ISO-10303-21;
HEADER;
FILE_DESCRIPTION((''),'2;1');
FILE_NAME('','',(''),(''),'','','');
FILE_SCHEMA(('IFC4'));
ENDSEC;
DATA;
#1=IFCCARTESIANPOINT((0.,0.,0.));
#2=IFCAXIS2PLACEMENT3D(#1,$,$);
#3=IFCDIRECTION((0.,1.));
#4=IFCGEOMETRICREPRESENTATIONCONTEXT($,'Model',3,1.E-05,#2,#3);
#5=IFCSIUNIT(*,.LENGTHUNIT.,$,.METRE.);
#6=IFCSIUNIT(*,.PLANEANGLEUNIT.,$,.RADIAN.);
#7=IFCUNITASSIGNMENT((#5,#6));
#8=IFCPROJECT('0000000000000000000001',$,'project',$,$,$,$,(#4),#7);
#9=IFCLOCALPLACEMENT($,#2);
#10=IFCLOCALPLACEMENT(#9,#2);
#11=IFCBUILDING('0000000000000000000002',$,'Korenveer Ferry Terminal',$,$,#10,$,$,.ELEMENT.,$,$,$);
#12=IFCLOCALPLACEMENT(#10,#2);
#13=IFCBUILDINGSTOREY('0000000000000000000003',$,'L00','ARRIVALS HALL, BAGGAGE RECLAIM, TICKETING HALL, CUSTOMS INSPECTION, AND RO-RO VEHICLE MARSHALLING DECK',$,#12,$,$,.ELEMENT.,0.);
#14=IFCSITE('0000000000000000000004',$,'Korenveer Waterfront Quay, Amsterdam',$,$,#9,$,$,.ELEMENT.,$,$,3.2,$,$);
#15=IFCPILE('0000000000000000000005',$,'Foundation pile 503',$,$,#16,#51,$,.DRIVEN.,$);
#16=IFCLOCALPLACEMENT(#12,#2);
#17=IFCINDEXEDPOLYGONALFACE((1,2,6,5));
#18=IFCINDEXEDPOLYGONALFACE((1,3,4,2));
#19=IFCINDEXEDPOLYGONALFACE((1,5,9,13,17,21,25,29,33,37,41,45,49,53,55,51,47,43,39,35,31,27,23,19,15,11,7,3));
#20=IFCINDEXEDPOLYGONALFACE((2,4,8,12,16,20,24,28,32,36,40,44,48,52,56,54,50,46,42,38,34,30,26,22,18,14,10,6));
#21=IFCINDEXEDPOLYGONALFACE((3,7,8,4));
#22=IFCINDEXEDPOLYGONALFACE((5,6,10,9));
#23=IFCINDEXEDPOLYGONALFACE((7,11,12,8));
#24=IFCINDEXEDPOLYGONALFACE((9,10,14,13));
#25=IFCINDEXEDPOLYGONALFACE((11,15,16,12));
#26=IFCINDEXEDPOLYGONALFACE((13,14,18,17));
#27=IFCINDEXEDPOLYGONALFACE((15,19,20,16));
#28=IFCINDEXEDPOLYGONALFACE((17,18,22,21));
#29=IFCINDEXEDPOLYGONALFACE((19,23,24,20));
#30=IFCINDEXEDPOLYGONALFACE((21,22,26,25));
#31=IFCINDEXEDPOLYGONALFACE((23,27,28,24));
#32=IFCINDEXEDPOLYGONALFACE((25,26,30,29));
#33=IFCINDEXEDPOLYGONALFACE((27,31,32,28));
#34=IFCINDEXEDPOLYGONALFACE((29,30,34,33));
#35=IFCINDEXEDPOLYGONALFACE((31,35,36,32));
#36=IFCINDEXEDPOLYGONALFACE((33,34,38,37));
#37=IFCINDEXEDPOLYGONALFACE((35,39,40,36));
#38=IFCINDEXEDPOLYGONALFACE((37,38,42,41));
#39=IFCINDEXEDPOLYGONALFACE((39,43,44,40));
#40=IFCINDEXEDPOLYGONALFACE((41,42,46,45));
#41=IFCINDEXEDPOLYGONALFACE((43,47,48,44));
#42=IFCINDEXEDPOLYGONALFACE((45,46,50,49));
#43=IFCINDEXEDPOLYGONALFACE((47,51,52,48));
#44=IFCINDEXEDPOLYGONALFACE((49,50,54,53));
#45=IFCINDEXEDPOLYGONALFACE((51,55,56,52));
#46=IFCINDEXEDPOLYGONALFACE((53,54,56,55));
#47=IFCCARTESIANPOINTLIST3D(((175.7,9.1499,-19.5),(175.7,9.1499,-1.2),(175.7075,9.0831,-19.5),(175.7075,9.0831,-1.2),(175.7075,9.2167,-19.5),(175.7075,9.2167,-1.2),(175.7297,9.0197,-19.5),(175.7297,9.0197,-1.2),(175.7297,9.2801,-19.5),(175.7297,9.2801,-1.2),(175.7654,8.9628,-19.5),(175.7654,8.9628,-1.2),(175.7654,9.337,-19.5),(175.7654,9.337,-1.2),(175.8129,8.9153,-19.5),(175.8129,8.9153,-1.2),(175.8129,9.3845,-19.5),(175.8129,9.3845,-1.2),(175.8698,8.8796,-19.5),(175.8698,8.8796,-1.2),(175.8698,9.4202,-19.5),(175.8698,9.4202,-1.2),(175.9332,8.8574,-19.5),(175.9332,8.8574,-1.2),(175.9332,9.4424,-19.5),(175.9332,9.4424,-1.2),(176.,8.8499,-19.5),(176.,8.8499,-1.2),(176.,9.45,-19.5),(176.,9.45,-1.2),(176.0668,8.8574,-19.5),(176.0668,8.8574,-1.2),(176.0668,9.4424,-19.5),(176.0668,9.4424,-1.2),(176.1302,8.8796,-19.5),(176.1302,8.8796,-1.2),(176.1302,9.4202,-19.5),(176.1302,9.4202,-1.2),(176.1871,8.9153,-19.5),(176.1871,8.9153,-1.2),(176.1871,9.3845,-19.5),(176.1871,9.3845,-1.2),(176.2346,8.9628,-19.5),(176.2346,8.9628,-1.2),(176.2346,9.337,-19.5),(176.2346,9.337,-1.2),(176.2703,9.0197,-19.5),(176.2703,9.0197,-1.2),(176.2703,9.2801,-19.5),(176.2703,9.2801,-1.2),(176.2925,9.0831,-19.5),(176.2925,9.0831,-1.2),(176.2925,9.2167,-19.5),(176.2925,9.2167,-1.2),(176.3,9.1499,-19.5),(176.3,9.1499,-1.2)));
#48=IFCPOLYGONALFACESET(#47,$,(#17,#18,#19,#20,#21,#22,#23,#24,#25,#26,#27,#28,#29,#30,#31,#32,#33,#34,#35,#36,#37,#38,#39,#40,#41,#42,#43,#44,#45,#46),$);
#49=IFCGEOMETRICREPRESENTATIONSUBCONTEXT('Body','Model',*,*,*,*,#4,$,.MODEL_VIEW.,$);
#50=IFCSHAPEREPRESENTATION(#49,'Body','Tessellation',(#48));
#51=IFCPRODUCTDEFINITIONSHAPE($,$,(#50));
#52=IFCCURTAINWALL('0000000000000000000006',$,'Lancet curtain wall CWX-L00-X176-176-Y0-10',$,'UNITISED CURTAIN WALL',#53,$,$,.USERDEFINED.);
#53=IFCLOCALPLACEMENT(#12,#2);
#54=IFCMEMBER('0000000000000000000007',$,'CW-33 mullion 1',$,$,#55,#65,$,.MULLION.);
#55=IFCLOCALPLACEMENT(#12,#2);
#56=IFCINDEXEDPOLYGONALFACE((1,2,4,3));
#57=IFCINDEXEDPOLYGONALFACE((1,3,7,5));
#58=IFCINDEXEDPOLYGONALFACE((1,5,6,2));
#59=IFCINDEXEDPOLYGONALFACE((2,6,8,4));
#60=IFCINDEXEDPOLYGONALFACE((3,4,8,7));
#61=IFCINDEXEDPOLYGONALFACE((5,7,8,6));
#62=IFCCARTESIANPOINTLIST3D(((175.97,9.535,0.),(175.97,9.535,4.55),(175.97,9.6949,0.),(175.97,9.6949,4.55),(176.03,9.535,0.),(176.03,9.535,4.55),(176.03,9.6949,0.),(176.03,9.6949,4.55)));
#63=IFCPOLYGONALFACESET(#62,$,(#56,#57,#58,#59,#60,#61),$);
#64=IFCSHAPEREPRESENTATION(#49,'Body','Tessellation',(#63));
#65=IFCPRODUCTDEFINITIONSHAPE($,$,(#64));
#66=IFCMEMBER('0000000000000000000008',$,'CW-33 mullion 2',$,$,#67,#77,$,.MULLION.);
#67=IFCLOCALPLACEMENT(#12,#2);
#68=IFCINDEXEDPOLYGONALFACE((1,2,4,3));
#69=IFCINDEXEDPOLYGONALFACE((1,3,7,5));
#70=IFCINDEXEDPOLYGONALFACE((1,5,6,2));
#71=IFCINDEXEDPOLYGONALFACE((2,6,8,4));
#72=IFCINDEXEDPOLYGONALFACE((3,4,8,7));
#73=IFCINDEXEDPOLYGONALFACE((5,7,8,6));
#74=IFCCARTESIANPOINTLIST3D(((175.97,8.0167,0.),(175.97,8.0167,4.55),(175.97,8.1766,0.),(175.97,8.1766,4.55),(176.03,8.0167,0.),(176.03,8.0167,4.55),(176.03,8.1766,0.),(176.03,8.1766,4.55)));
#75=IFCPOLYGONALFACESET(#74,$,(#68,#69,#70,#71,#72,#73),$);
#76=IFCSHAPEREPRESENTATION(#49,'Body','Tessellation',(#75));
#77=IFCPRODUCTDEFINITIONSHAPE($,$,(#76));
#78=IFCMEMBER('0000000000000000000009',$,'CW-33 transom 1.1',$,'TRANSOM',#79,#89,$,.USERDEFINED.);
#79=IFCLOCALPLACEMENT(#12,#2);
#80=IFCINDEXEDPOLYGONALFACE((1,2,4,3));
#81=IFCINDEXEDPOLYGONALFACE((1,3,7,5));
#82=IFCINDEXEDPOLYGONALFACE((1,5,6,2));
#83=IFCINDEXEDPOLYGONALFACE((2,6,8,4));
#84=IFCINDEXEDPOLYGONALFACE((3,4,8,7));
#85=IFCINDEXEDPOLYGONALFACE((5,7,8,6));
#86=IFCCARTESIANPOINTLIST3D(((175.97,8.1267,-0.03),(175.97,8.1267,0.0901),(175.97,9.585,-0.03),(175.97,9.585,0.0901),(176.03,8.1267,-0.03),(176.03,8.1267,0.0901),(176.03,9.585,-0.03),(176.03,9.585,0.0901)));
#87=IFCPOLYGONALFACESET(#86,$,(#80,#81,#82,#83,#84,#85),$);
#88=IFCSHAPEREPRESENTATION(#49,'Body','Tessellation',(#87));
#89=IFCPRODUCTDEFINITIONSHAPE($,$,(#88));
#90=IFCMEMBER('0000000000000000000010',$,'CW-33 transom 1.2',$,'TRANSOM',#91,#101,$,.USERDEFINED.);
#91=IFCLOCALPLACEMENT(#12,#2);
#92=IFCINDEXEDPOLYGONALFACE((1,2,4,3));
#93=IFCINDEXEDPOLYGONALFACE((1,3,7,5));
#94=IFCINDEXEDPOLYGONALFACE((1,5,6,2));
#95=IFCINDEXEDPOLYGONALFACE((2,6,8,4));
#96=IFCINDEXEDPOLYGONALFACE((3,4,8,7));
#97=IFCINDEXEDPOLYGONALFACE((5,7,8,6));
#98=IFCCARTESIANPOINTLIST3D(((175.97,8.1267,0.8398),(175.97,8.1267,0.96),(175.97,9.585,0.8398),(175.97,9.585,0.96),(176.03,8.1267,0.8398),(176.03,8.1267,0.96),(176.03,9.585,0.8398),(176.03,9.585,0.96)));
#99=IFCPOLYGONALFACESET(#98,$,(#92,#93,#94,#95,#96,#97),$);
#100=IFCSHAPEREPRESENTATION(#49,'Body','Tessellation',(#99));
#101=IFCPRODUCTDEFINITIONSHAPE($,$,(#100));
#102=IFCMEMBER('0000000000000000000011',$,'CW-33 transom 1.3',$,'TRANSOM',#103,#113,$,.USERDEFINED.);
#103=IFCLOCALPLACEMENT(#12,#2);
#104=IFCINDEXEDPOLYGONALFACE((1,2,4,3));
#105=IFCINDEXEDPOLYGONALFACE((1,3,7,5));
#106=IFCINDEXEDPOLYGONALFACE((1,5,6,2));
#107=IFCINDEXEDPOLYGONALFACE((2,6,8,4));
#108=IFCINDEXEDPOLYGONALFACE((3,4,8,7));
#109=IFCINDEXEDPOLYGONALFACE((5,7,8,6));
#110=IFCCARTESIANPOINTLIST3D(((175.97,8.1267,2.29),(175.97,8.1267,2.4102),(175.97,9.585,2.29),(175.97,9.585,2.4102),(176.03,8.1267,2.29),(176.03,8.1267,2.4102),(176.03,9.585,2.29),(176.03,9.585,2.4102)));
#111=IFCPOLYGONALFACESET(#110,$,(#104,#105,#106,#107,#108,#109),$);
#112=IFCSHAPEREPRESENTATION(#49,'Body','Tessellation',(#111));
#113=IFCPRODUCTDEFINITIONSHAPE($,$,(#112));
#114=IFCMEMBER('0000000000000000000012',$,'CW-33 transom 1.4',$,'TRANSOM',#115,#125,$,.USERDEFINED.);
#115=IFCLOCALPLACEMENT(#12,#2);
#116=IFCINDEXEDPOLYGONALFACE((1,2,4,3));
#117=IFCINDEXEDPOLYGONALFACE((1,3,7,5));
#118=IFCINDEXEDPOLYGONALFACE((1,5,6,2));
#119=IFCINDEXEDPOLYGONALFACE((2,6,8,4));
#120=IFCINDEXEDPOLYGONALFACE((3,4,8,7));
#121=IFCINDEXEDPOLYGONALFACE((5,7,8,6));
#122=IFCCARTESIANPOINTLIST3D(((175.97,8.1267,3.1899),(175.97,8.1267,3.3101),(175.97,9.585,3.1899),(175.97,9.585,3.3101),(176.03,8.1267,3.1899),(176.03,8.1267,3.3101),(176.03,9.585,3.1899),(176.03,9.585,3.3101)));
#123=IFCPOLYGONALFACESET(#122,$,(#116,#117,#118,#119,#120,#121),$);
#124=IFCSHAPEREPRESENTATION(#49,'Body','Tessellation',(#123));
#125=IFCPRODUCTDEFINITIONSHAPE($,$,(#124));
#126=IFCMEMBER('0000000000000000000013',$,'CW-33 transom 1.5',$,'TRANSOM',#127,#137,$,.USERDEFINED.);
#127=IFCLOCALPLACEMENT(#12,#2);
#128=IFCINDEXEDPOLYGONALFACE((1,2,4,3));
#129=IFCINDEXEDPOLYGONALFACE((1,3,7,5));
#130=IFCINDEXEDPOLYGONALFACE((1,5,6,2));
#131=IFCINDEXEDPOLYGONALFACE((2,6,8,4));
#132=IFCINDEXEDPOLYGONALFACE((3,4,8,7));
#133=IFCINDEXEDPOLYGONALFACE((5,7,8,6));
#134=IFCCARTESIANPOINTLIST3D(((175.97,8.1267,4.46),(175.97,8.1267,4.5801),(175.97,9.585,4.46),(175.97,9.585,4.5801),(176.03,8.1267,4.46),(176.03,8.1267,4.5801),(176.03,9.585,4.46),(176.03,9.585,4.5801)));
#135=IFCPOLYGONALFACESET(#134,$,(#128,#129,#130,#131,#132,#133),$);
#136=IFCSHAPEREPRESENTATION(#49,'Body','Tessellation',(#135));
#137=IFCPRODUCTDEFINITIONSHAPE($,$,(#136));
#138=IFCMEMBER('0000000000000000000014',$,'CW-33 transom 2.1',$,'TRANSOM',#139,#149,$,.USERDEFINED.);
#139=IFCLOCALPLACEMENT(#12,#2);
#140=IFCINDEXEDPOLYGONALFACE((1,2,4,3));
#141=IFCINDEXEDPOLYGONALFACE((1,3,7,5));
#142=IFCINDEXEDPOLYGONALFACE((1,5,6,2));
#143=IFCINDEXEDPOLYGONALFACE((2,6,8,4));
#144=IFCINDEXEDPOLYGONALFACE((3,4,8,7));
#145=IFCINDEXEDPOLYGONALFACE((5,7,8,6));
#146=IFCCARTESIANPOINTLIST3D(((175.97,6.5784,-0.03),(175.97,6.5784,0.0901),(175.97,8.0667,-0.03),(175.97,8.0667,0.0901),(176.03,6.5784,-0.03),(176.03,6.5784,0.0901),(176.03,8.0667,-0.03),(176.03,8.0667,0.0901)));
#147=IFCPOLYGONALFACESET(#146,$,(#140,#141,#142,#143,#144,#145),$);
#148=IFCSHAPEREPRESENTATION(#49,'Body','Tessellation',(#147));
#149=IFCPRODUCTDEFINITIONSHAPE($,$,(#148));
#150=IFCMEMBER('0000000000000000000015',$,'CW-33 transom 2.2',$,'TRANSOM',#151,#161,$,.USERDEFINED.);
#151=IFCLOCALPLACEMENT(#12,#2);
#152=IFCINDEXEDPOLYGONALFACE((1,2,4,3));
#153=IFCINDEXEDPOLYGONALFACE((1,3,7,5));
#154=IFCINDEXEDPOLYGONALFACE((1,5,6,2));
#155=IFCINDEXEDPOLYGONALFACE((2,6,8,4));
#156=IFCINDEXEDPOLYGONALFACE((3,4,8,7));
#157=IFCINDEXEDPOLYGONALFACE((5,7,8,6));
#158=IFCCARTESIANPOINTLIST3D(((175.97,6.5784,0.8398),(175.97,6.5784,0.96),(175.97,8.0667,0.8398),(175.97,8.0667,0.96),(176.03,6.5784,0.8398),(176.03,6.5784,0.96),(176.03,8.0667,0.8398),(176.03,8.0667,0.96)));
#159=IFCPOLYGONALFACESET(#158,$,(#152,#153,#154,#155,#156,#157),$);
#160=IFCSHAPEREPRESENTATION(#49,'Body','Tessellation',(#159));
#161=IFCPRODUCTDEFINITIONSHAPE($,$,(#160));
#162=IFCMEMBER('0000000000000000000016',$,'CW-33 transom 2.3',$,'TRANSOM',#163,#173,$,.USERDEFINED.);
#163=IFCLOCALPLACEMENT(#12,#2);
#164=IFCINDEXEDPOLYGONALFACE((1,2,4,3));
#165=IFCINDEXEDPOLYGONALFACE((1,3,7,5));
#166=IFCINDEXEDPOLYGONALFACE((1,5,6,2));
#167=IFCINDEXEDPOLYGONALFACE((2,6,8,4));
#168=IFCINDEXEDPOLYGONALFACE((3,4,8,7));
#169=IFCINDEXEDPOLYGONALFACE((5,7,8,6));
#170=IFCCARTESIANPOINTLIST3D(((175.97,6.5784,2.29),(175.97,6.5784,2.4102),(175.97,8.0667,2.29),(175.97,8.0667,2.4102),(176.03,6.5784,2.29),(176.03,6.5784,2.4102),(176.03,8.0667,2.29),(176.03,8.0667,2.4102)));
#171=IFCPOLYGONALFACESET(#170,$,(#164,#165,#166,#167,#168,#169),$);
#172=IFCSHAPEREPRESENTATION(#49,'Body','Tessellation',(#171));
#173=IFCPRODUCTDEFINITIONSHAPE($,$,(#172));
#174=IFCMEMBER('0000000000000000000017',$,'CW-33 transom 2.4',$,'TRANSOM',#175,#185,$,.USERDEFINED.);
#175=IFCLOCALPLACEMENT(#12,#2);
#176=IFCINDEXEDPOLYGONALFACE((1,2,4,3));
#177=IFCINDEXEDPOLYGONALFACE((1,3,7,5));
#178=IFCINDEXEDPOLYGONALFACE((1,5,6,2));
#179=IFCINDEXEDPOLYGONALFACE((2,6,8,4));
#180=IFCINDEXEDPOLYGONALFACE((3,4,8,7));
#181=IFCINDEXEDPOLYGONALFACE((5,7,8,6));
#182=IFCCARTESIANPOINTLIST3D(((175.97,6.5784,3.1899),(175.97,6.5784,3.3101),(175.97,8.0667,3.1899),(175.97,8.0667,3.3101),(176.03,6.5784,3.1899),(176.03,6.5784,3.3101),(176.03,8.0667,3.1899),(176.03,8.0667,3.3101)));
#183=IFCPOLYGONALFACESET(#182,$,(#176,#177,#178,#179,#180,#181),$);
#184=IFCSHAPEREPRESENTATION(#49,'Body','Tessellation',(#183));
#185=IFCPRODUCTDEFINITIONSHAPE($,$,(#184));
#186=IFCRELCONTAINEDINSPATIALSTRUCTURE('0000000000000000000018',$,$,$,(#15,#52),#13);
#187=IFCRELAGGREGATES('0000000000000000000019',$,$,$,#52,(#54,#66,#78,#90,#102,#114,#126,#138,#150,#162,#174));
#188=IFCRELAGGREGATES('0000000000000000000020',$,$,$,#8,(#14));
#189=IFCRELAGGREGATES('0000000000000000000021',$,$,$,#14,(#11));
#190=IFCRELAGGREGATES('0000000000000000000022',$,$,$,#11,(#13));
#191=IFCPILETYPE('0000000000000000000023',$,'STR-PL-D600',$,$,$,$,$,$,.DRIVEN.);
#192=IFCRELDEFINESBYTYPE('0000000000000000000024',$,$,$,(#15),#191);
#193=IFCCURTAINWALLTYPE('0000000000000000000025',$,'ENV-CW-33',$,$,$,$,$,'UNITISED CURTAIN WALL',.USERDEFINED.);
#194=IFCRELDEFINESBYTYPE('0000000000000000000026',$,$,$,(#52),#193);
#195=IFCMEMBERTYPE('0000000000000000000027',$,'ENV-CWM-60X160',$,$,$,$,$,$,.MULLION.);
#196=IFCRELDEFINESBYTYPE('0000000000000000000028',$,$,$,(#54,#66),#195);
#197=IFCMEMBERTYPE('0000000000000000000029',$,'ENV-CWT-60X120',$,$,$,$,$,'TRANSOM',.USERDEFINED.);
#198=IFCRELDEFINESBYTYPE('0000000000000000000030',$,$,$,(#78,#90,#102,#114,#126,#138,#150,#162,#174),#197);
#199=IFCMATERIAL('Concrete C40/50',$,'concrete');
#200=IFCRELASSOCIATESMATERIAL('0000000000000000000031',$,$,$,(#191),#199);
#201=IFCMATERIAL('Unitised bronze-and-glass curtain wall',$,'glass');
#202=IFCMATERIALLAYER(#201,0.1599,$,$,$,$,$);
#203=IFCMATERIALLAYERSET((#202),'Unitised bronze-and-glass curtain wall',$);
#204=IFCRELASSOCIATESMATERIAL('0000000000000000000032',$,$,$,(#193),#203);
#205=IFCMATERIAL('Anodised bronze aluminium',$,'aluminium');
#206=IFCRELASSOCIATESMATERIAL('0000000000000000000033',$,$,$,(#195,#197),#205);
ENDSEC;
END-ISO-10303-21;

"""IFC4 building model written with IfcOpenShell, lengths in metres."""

from ifc_helpers import new_model, si_unit, direction, frame, origin, origin_2d, place, context, subcontext, project, spatial, rectangle, circle, extrude, material, layer, layer_set, material_profile, profile_set, type_object, element, aggregate, save


model = new_model("IFC4")

# Units and contexts
model_context = context("Model", 3, precision=1e-05, world=origin(), true_north=direction((0.0, 1.0)))
body_context = subcontext(model_context, "Body", "Model", "MODEL_VIEW")
ifc_project = project(units=[si_unit("LENGTHUNIT", "METRE"), si_unit("PLANEANGLEUNIT", "RADIAN")], contexts=[model_context])

# Site, building, storey
site_placement = place(None, origin())
site = spatial("IfcSite", under=ifc_project, at=site_placement, Name="Korenveer Waterfront Quay, Amsterdam", CompositionType="ELEMENT", RefElevation=3.2)
building_placement = place(site_placement, origin())
building = spatial("IfcBuilding", under=site, at=building_placement, Name="Korenveer Ferry Terminal", CompositionType="ELEMENT")
storey_placement = place(building_placement, origin())
storey = spatial("IfcBuildingStorey", under=building, at=storey_placement, Name="L00", Description="ARRIVALS HALL, BAGGAGE RECLAIM, TICKETING HALL, CUSTOMS INSPECTION, AND RO-RO VEHICLE MARSHALLING DECK", CompositionType="ELEMENT", Elevation=0.0)

# Pile
ifc_material_1 = material(Name="Concrete C40/50", Category="concrete")
ifc_material_profile_1 = material_profile(ifc_material_1, circle(Radius=0.3, at=origin_2d()), Name="PILE D600")
ifc_profile_set_1 = profile_set([ifc_material_profile_1], Name="Concrete C40/50")
pile_type = type_object("IfcPileType", Name="STR-PL-D600", PredefinedType="DRIVEN", material=ifc_profile_set_1)
pile_placement = place(storey_placement, frame((176.0, 9.1499, -1.2), z_axis=(0.0, 0.0, -1.0), x_axis=(1.0, 0.0, 0.0)))
element("IfcPile", 1, at=pile_placement, inside=storey, type_object=pile_type, Name="Foundation pile 503", PredefinedType="DRIVEN", context=body_context, shape_type="SweptSolid", body=[
    extrude(circle(Radius=0.3, at=origin_2d()), origin(), (0.0, 0.0, 1.0), 18.3),
])

# Curtain wall, members
ifc_material_2 = material(Name="Unitised bronze-and-glass curtain wall", Category="glass")
ifc_layer_1 = layer(ifc_material_2, 0.1599)
ifc_layer_set_1 = layer_set([ifc_layer_1], Name="Unitised bronze-and-glass curtain wall")
curtain_wall_type = type_object("IfcCurtainWallType", Name="ENV-CW-33", ElementType="UNITISED CURTAIN WALL", PredefinedType="USERDEFINED", material=ifc_layer_set_1)
curtain_wall_placement = place(storey_placement, frame((176.0, 9.645, 0.0)))
curtain_wall = element("IfcCurtainWall", 2, at=curtain_wall_placement, inside=storey, type_object=curtain_wall_type, Name="Lancet curtain wall CWX-L00-X176-176-Y0-10", ObjectType="UNITISED CURTAIN WALL", PredefinedType="USERDEFINED")
ifc_material_3 = material(Name="Anodised bronze aluminium", Category="aluminium")
ifc_material_profile_2 = material_profile(ifc_material_3, rectangle(XDim=0.0601, YDim=0.1599, at=origin_2d()), Name="ALU 60x160")
ifc_profile_set_2 = profile_set([ifc_material_profile_2], Name="Anodised bronze aluminium")
member_type_1 = type_object("IfcMemberType", Name="ENV-CWM-60X160", PredefinedType="MULLION", material=ifc_profile_set_2)
member_1_placement = place(storey_placement, frame((176.0, 9.615, 0.0), z_axis=(0.0, 0.0, 1.0), x_axis=(1.0, 0.0, 0.0)))
member_1 = element("IfcMember", 3, at=member_1_placement, type_object=member_type_1, Name="CW-33 mullion 1", PredefinedType="MULLION", context=body_context, shape_type="SweptSolid", body=[
    extrude(rectangle(XDim=0.0601, YDim=0.1599, at=origin_2d()), origin(), (0.0, 0.0, 1.0), 4.55),
])
member_2_placement = place(storey_placement, frame((176.0, 8.0967, 0.0), z_axis=(0.0, 0.0, 1.0), x_axis=(1.0, 0.0, 0.0)))
member_2 = element("IfcMember", 4, at=member_2_placement, type_object=member_type_1, Name="CW-33 mullion 2", PredefinedType="MULLION", context=body_context, shape_type="SweptSolid", body=[
    extrude(rectangle(XDim=0.0601, YDim=0.1599, at=origin_2d()), origin(), (0.0, 0.0, 1.0), 4.55),
])
ifc_material_profile_3 = material_profile(ifc_material_3, rectangle(XDim=0.0601, YDim=0.1201, at=origin_2d()), Name="ALU 60x120")
ifc_profile_set_3 = profile_set([ifc_material_profile_3], Name="Anodised bronze aluminium")
member_type_2 = type_object("IfcMemberType", Name="ENV-CWT-60X120", ElementType="TRANSOM", PredefinedType="USERDEFINED", material=ifc_profile_set_3)
member_3_placement = place(storey_placement, frame((176.0, 9.585, 0.03), z_axis=(0.0, -1.0, 0.0), x_axis=(1.0, 0.0, 0.0)))
member_3 = element("IfcMember", 5, at=member_3_placement, type_object=member_type_2, Name="CW-33 transom 1.1", ObjectType="TRANSOM", PredefinedType="USERDEFINED", context=body_context, shape_type="SweptSolid", body=[
    extrude(rectangle(XDim=0.0601, YDim=0.1201, at=origin_2d()), origin(), (0.0, 0.0, 1.0), 1.4583),
])
member_4_placement = place(storey_placement, frame((176.0, 9.585, 0.8999), z_axis=(0.0, -1.0, 0.0), x_axis=(1.0, 0.0, 0.0)))
member_4 = element("IfcMember", 6, at=member_4_placement, type_object=member_type_2, Name="CW-33 transom 1.2", ObjectType="TRANSOM", PredefinedType="USERDEFINED", context=body_context, shape_type="SweptSolid", body=[
    extrude(rectangle(XDim=0.0601, YDim=0.1201, at=origin_2d()), origin(), (0.0, 0.0, 1.0), 1.4583),
])
member_5_placement = place(storey_placement, frame((176.0, 9.585, 2.3501), z_axis=(0.0, -1.0, 0.0), x_axis=(1.0, 0.0, 0.0)))
member_5 = element("IfcMember", 7, at=member_5_placement, type_object=member_type_2, Name="CW-33 transom 1.3", ObjectType="TRANSOM", PredefinedType="USERDEFINED", context=body_context, shape_type="SweptSolid", body=[
    extrude(rectangle(XDim=0.0601, YDim=0.1201, at=origin_2d()), origin(), (0.0, 0.0, 1.0), 1.4583),
])
member_6_placement = place(storey_placement, frame((176.0, 9.585, 3.25), z_axis=(0.0, -1.0, 0.0), x_axis=(1.0, 0.0, 0.0)))
member_6 = element("IfcMember", 8, at=member_6_placement, type_object=member_type_2, Name="CW-33 transom 1.4", ObjectType="TRANSOM", PredefinedType="USERDEFINED", context=body_context, shape_type="SweptSolid", body=[
    extrude(rectangle(XDim=0.0601, YDim=0.1201, at=origin_2d()), origin(), (0.0, 0.0, 1.0), 1.4583),
])
member_7_placement = place(storey_placement, frame((176.0, 9.585, 4.52), z_axis=(0.0, -1.0, 0.0), x_axis=(1.0, 0.0, 0.0)))
member_7 = element("IfcMember", 9, at=member_7_placement, type_object=member_type_2, Name="CW-33 transom 1.5", ObjectType="TRANSOM", PredefinedType="USERDEFINED", context=body_context, shape_type="SweptSolid", body=[
    extrude(rectangle(XDim=0.0601, YDim=0.1201, at=origin_2d()), origin(), (0.0, 0.0, 1.0), 1.4583),
])
member_8_placement = place(storey_placement, frame((176.0, 8.0667, 0.03), z_axis=(0.0, -1.0, 0.0), x_axis=(1.0, 0.0, 0.0)))
member_8 = element("IfcMember", 10, at=member_8_placement, type_object=member_type_2, Name="CW-33 transom 2.1", ObjectType="TRANSOM", PredefinedType="USERDEFINED", context=body_context, shape_type="SweptSolid", body=[
    extrude(rectangle(XDim=0.0601, YDim=0.1201, at=origin_2d()), origin(), (0.0, 0.0, 1.0), 1.4883),
])
member_9_placement = place(storey_placement, frame((176.0, 8.0667, 0.8999), z_axis=(0.0, -1.0, 0.0), x_axis=(1.0, 0.0, 0.0)))
member_9 = element("IfcMember", 11, at=member_9_placement, type_object=member_type_2, Name="CW-33 transom 2.2", ObjectType="TRANSOM", PredefinedType="USERDEFINED", context=body_context, shape_type="SweptSolid", body=[
    extrude(rectangle(XDim=0.0601, YDim=0.1201, at=origin_2d()), origin(), (0.0, 0.0, 1.0), 1.4883),
])
member_10_placement = place(storey_placement, frame((176.0, 8.0667, 2.3501), z_axis=(0.0, -1.0, 0.0), x_axis=(1.0, 0.0, 0.0)))
member_10 = element("IfcMember", 12, at=member_10_placement, type_object=member_type_2, Name="CW-33 transom 2.3", ObjectType="TRANSOM", PredefinedType="USERDEFINED", context=body_context, shape_type="SweptSolid", body=[
    extrude(rectangle(XDim=0.0601, YDim=0.1201, at=origin_2d()), origin(), (0.0, 0.0, 1.0), 1.4883),
])
member_11_placement = place(storey_placement, frame((176.0, 8.0667, 3.25), z_axis=(0.0, -1.0, 0.0), x_axis=(1.0, 0.0, 0.0)))
member_11 = element("IfcMember", 13, at=member_11_placement, type_object=member_type_2, Name="CW-33 transom 2.4", ObjectType="TRANSOM", PredefinedType="USERDEFINED", context=body_context, shape_type="SweptSolid", body=[
    extrude(rectangle(XDim=0.0601, YDim=0.1201, at=origin_2d()), origin(), (0.0, 0.0, 1.0), 1.4883),
])
aggregate(curtain_wall, [member_1, member_2, member_3, member_4, member_5, member_6, member_7, member_8, member_9, member_10, member_11])

save(model, "model.ifc")
